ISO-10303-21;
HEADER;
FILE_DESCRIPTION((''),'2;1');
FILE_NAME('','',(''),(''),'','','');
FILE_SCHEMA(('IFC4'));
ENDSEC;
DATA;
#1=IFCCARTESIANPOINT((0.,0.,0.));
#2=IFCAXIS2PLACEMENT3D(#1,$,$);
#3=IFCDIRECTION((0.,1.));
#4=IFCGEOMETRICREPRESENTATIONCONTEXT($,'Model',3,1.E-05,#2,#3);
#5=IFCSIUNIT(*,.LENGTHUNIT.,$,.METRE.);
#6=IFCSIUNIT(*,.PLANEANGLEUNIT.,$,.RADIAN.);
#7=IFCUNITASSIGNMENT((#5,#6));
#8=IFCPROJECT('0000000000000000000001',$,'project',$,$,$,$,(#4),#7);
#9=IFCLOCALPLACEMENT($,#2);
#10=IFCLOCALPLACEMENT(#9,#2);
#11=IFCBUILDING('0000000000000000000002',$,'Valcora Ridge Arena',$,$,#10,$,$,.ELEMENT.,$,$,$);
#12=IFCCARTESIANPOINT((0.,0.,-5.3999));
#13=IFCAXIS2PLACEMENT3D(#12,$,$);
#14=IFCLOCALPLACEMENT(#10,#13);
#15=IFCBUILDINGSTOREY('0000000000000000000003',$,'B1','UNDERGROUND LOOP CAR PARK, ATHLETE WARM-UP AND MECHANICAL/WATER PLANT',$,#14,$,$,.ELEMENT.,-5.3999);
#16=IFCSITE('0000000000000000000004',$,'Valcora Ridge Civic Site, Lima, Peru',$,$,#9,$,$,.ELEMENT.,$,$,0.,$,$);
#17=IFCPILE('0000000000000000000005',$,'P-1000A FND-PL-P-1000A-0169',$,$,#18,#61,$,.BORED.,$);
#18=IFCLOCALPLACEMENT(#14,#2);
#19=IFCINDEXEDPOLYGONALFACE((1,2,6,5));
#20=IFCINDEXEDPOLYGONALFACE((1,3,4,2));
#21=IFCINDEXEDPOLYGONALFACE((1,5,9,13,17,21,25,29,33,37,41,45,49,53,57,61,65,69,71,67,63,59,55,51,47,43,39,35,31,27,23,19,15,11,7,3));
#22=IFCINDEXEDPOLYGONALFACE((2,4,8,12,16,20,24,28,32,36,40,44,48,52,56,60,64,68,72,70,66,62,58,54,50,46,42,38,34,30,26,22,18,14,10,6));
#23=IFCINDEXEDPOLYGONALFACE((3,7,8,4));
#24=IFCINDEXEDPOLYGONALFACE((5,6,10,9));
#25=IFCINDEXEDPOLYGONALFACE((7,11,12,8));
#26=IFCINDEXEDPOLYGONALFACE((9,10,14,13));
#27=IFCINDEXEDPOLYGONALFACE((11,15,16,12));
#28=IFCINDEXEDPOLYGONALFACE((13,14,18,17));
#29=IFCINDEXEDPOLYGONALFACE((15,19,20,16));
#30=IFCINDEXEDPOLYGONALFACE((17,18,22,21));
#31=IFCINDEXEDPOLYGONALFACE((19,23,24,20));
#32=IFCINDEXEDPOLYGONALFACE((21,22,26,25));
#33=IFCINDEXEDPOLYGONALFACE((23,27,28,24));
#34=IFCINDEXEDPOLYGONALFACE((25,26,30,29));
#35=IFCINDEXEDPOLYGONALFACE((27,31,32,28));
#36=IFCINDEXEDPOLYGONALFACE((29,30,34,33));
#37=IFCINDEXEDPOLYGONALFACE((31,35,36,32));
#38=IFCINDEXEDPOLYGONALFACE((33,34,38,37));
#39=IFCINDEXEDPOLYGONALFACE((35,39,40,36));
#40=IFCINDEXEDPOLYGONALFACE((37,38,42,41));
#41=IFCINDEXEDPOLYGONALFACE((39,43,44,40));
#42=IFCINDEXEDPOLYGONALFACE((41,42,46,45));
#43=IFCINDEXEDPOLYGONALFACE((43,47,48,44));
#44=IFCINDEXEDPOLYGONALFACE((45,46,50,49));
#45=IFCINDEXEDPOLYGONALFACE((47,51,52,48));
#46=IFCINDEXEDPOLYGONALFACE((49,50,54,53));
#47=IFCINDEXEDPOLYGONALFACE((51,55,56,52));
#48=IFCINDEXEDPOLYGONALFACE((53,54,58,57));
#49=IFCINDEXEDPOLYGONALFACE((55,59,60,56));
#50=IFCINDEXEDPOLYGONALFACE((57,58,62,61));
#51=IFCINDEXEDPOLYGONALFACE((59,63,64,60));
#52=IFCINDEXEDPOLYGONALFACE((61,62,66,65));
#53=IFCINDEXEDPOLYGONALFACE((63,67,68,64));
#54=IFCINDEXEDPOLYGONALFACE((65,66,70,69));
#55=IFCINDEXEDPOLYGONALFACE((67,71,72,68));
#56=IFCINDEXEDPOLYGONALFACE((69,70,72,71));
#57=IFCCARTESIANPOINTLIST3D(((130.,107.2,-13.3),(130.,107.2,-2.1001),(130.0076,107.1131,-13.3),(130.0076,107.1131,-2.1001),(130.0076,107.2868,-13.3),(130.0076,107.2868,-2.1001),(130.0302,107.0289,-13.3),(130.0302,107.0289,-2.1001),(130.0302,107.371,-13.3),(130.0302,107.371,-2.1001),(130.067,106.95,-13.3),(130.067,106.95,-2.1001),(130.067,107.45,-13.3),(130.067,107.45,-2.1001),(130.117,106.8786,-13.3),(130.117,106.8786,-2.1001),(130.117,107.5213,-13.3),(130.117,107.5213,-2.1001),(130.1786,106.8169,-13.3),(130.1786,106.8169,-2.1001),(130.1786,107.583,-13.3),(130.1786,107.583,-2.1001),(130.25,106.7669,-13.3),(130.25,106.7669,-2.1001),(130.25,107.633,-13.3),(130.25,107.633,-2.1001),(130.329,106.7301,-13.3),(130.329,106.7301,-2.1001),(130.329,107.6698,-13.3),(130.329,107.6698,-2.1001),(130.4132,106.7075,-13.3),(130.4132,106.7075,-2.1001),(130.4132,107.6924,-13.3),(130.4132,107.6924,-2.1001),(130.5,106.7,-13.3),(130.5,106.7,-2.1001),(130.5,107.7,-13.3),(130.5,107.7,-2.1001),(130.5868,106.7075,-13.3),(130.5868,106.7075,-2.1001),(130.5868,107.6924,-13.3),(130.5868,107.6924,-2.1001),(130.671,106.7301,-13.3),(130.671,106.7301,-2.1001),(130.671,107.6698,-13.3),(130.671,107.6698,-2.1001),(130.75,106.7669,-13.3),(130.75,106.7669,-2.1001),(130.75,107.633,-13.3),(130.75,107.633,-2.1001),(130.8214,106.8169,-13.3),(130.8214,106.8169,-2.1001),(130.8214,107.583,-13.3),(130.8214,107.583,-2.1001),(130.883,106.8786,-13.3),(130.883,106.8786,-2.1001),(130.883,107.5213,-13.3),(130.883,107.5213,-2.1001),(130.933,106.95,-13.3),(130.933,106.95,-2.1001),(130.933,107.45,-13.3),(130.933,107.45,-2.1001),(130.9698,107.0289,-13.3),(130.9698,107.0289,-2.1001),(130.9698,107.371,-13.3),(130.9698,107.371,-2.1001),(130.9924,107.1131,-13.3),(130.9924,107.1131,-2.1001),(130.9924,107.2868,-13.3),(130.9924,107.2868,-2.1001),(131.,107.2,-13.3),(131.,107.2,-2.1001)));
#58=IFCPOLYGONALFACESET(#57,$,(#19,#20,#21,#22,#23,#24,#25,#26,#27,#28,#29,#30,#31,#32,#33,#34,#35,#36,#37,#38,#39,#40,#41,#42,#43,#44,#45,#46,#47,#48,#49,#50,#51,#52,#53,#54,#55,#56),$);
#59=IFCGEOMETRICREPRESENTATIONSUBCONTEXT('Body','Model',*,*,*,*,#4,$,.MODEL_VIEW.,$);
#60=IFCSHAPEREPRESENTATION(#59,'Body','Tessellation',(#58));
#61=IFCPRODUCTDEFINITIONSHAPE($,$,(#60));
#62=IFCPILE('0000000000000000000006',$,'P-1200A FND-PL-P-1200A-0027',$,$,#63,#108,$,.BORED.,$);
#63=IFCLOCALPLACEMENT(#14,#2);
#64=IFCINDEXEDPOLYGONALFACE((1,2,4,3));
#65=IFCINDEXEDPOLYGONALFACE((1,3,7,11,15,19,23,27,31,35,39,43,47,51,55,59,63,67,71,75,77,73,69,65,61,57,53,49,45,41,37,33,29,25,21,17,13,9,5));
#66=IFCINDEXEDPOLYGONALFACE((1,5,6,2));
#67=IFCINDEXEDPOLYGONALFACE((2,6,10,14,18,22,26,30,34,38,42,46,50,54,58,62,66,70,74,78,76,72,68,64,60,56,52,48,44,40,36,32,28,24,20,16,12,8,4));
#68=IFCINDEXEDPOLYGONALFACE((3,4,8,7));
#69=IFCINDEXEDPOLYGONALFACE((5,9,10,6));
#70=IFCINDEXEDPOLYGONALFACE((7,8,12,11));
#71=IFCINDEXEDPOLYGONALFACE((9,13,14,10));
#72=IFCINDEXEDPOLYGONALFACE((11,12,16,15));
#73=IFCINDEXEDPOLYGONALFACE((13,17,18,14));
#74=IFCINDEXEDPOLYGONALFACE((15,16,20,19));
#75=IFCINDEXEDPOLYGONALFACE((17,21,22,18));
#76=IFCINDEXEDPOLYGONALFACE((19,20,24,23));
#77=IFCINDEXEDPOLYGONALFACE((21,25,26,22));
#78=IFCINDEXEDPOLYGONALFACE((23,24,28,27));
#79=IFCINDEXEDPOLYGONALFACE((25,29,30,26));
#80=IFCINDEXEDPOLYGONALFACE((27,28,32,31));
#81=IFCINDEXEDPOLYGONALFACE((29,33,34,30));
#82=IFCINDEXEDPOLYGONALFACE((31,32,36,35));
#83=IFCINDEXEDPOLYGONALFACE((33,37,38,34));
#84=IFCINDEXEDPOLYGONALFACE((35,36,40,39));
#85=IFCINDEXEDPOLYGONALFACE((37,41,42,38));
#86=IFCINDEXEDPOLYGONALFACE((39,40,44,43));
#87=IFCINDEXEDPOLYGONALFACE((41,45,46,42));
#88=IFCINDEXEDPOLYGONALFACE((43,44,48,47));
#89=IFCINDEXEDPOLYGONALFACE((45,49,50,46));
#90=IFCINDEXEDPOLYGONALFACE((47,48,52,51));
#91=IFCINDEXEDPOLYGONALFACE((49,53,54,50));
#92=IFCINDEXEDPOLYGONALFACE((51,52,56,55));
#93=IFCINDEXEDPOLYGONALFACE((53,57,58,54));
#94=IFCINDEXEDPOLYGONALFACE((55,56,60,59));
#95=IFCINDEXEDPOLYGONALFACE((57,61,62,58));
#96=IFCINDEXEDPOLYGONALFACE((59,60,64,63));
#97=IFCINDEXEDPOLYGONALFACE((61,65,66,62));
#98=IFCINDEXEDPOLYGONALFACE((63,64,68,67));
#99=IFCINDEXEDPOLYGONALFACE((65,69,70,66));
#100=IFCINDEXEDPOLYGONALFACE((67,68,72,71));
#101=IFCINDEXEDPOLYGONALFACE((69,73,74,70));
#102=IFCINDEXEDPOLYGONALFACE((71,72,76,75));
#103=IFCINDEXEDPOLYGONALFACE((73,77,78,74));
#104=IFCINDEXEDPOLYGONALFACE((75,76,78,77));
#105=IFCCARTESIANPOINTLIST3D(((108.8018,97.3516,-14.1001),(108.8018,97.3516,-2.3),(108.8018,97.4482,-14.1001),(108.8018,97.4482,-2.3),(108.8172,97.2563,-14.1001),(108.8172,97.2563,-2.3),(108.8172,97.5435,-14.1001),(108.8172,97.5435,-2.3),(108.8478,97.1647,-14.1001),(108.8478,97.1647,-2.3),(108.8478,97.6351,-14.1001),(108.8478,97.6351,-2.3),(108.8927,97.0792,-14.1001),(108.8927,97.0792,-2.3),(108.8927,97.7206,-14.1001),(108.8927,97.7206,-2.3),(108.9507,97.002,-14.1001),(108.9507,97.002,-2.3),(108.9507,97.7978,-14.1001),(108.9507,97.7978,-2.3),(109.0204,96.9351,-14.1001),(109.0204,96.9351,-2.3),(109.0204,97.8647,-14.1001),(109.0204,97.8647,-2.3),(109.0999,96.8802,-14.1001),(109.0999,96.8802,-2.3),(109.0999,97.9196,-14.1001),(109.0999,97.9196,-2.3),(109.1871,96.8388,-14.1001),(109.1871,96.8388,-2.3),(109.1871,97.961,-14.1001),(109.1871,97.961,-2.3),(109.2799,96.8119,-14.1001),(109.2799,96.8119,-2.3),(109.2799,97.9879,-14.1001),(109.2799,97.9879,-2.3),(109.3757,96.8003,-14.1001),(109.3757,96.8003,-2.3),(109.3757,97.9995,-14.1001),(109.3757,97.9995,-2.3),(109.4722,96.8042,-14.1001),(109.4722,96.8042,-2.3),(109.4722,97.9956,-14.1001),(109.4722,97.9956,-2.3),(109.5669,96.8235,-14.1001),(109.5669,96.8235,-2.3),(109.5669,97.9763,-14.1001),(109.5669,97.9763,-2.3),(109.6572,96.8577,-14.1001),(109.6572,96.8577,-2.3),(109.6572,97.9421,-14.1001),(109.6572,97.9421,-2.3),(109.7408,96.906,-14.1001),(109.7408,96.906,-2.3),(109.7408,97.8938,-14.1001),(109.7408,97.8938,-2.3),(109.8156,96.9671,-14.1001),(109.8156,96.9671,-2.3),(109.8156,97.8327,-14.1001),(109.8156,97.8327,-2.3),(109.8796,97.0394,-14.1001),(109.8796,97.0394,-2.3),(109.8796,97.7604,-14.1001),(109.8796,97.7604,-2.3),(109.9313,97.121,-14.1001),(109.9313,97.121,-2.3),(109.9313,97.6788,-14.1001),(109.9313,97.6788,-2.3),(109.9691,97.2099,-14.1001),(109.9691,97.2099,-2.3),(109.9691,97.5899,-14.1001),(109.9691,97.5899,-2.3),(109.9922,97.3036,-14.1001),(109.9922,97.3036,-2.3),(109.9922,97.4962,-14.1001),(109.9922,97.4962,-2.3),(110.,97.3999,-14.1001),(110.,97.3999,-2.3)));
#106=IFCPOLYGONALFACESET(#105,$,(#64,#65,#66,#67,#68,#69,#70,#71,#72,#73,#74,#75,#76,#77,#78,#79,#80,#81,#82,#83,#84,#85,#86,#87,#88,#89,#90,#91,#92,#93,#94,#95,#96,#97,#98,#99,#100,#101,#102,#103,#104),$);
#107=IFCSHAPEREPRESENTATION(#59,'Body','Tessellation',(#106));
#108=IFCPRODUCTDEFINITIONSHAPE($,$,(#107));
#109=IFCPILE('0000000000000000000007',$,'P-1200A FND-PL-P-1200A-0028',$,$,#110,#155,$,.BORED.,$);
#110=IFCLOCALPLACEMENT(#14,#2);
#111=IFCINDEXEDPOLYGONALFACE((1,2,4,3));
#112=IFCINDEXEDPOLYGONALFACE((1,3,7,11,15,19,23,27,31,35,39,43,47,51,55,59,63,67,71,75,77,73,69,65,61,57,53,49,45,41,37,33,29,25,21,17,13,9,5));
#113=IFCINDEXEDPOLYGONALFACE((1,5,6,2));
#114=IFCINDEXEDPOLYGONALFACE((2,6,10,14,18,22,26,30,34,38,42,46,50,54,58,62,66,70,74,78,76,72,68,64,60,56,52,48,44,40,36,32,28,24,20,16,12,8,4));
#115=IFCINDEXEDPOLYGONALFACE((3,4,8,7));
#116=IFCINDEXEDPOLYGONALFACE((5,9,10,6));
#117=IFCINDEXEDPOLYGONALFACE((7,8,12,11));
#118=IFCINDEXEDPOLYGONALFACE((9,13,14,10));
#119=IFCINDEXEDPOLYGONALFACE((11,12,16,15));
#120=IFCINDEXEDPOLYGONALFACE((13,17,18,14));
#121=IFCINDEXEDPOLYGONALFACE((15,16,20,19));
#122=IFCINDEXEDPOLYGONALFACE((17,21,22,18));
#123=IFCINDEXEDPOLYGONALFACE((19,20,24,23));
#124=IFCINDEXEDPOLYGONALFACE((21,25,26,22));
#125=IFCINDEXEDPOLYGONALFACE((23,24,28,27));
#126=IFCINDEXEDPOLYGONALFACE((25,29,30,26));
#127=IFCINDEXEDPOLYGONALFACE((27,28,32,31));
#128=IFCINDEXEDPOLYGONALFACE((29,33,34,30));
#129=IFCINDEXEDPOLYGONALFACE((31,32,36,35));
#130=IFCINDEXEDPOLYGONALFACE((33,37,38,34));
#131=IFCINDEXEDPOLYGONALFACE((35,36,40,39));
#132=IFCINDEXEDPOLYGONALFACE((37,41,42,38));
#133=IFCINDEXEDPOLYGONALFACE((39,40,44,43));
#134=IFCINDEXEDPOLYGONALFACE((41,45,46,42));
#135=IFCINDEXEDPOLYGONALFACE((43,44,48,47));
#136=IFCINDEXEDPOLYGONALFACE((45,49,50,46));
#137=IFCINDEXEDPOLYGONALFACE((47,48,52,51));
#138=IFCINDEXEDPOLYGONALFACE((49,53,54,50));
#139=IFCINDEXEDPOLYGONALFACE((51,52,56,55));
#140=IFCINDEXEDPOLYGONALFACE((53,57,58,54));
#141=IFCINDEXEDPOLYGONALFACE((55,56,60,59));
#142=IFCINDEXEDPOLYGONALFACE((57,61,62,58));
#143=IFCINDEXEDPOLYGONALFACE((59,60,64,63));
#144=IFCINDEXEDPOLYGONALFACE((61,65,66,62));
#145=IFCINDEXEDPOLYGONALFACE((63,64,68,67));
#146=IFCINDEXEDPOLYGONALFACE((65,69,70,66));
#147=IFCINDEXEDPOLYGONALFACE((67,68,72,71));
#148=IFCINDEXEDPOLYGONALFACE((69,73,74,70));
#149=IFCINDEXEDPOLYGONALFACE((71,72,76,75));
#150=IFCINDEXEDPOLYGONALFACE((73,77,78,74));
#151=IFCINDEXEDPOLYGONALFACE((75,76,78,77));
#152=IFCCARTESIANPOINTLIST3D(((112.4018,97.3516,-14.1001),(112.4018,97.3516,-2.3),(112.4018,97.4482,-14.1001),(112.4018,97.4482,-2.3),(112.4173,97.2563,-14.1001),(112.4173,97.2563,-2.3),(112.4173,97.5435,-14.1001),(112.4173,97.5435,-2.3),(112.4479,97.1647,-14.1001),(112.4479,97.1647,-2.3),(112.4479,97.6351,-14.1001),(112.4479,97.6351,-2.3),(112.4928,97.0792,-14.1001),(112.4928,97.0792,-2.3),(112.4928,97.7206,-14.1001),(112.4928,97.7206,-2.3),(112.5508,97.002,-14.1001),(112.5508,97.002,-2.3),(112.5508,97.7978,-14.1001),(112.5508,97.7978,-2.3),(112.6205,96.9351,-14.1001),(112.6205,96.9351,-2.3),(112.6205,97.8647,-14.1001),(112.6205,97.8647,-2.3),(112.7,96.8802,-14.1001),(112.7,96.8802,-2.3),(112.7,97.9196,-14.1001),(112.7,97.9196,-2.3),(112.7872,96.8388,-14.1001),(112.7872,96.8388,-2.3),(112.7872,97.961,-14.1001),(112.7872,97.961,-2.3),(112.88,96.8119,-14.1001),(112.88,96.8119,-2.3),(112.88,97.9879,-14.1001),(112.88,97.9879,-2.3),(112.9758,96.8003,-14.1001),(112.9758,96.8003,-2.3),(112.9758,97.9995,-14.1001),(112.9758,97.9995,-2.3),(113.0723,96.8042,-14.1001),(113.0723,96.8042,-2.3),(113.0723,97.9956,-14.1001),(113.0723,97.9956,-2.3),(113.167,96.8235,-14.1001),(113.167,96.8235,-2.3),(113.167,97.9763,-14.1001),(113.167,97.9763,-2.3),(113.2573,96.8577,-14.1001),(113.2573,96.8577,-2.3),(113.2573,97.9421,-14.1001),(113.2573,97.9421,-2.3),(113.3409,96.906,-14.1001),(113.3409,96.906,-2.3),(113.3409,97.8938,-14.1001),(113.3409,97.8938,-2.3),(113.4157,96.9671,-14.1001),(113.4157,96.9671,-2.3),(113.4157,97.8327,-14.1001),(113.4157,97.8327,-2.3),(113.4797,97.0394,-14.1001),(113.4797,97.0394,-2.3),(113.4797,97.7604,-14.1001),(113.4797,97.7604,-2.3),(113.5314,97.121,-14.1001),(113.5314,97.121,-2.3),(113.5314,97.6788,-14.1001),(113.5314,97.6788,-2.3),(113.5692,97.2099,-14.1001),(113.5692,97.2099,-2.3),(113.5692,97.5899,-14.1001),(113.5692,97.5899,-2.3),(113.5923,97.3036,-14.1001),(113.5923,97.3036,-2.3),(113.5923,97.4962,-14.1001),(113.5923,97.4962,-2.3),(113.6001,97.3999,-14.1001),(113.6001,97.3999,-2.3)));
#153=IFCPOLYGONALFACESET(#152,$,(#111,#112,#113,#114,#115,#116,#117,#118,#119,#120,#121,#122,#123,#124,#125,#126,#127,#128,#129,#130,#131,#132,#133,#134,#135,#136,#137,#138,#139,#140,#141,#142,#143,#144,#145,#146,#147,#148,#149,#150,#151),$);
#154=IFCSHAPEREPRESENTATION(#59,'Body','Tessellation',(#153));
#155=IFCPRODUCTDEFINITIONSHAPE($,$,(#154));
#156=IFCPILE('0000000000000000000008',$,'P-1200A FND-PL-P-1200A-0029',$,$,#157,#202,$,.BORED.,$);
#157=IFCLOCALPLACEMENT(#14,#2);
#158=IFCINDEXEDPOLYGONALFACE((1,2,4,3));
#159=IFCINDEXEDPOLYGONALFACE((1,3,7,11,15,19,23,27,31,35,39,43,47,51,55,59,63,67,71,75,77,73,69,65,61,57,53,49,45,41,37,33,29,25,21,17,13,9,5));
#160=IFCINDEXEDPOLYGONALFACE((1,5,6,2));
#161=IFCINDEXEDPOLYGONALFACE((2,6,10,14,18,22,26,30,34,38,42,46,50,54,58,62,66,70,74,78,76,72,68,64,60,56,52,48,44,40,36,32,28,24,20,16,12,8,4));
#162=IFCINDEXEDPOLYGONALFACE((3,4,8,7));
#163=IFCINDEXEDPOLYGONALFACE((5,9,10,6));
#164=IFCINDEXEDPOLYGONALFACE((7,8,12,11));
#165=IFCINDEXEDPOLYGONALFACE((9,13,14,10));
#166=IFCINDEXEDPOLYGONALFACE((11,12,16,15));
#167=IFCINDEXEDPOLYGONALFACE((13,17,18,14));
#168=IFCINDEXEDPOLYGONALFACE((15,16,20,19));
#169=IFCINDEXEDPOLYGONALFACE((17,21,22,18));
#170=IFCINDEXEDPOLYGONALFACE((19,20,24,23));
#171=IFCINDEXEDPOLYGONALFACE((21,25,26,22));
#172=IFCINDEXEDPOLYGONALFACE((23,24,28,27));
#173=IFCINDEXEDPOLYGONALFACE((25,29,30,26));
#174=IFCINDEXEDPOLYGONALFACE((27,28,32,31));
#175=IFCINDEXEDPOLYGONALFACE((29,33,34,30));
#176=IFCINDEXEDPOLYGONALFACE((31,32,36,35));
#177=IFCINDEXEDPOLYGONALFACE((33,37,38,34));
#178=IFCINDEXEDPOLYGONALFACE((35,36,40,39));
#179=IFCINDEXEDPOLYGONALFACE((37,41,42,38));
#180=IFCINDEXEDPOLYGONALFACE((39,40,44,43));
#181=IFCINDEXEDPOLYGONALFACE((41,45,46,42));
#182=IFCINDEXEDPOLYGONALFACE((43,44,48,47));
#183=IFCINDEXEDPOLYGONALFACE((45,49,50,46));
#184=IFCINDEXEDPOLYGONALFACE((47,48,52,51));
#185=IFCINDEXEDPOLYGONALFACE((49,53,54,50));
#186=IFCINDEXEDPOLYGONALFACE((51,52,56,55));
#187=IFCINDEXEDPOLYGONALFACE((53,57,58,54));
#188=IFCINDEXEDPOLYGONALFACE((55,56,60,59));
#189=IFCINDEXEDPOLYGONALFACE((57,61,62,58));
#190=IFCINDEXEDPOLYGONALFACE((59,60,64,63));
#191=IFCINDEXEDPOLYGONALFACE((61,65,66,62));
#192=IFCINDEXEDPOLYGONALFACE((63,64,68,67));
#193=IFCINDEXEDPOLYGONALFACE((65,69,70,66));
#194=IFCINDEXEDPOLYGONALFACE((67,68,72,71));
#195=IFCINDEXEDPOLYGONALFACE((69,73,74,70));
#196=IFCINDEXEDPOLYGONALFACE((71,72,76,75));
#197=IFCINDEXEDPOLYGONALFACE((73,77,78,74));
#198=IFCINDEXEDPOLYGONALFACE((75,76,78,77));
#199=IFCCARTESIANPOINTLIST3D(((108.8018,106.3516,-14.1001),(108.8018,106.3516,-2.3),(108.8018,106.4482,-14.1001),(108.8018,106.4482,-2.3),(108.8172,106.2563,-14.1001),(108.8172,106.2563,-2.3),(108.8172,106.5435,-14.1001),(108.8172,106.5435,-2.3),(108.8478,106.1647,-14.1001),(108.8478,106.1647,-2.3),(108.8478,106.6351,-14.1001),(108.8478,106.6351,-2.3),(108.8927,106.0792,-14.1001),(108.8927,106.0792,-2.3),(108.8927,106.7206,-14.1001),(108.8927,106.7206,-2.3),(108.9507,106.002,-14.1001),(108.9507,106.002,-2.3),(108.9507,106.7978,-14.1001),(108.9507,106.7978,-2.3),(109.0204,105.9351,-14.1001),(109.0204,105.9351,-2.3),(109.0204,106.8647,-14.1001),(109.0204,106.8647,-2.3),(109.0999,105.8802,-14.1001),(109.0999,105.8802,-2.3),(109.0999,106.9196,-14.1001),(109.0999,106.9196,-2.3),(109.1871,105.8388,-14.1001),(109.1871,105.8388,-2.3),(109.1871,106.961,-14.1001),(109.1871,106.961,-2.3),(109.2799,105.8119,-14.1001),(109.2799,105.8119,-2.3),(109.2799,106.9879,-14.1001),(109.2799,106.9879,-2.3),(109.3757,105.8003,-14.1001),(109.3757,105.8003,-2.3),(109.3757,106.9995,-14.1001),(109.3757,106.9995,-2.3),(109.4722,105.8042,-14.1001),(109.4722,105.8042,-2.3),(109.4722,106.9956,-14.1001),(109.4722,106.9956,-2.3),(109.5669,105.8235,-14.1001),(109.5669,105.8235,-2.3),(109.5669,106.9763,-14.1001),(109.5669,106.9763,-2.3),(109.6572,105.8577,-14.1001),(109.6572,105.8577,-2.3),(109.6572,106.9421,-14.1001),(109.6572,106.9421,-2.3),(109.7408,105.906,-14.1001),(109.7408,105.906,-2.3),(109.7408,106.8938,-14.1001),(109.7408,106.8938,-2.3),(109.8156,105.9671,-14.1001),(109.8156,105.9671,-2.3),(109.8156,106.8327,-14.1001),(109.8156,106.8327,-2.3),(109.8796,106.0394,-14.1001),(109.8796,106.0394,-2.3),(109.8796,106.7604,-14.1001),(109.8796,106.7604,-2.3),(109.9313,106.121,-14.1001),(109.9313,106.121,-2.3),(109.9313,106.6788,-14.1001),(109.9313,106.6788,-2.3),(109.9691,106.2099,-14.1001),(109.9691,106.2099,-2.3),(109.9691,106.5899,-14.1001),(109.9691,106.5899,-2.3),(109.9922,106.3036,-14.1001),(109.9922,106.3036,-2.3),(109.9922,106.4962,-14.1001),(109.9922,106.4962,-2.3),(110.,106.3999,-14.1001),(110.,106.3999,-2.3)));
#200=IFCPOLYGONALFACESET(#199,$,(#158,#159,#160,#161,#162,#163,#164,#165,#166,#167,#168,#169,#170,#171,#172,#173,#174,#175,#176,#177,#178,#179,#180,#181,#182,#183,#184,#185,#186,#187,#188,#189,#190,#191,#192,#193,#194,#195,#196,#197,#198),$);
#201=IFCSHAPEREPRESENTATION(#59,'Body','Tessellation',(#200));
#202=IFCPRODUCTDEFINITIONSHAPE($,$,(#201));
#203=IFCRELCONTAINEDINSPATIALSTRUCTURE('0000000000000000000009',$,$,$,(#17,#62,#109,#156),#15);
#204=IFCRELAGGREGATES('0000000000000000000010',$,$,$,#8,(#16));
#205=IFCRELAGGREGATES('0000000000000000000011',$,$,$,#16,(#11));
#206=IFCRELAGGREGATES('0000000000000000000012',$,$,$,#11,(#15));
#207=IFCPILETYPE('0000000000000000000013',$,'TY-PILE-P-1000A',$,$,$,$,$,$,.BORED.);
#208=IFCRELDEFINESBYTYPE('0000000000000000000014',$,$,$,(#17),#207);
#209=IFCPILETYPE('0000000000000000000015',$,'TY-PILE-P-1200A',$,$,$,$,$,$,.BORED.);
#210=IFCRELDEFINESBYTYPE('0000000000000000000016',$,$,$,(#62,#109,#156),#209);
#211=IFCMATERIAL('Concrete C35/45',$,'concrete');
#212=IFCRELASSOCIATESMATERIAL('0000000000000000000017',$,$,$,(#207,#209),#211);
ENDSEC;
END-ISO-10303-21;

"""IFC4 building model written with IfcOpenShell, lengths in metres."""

from ifc_helpers import new_model, si_unit, direction, frame, origin, origin_2d, place, context, subcontext, project, spatial, circle, extrude, material, material_profile, profile_set, type_object, element, save


model = new_model("IFC4")

# Units and contexts
model_context = context("Model", 3, precision=1e-05, world=origin(), true_north=direction((0.0, 1.0)))
body_context = subcontext(model_context, "Body", "Model", "MODEL_VIEW")
ifc_project = project(units=[si_unit("LENGTHUNIT", "METRE"), si_unit("PLANEANGLEUNIT", "RADIAN")], contexts=[model_context])

# Site, building, storey
site_placement = place(None, origin())
site = spatial("IfcSite", under=ifc_project, at=site_placement, Name="Valcora Ridge Civic Site, Lima, Peru", CompositionType="ELEMENT", RefElevation=0.0)
building_placement = place(site_placement, origin())
building = spatial("IfcBuilding", under=site, at=building_placement, Name="Valcora Ridge Arena", CompositionType="ELEMENT")
storey_placement = place(building_placement, frame((0.0, 0.0, -5.3999)))
storey = spatial("IfcBuildingStorey", under=building, at=storey_placement, Name="B1", Description="UNDERGROUND LOOP CAR PARK, ATHLETE WARM-UP AND MECHANICAL/WATER PLANT", CompositionType="ELEMENT", Elevation=-5.3999)

# Piles
ifc_material_1 = material(Name="Concrete C35/45", Category="concrete")
ifc_material_profile_1 = material_profile(ifc_material_1, circle(Radius=0.5, at=origin_2d()), Name="BORED PILE D1000")
ifc_profile_set_1 = profile_set([ifc_material_profile_1], Name="Concrete C35/45")
pile_type_1 = type_object("IfcPileType", Name="TY-PILE-P-1000A", PredefinedType="BORED", material=ifc_profile_set_1)
for number, where, z_axis, x_axis, name in (
    (1, (130.5, 107.2, -2.1001), (0.0, 0.0, -1.0), (1.0, 0.0, 0.0), "P-1000A FND-PL-P-1000A-0169"),
):
    element("IfcPile", number, at=place(storey_placement, frame(where, z_axis=z_axis, x_axis=x_axis)), inside=storey, type_object=pile_type_1, Name=name, PredefinedType="BORED", context=body_context, shape_type="SweptSolid", body=[
        extrude(circle(Radius=0.5, at=origin_2d()), origin(), (0.0, 0.0, 1.0), 11.2),
    ])
ifc_material_profile_2 = material_profile(ifc_material_1, circle(Radius=0.6001, at=origin_2d()), Name="BORED PILE D1200")
ifc_profile_set_2 = profile_set([ifc_material_profile_2], Name="Concrete C35/45")
pile_type_2 = type_object("IfcPileType", Name="TY-PILE-P-1200A", PredefinedType="BORED", material=ifc_profile_set_2)
for number, where, z_axis, x_axis, name in (
    (2, (109.3999, 97.3999, -2.3), (0.0, 0.0, -1.0), (1.0, 0.0, 0.0), "P-1200A FND-PL-P-1200A-0027"),
    (3, (113.0, 97.3999, -2.3), (0.0, 0.0, -1.0), (1.0, 0.0, 0.0), "P-1200A FND-PL-P-1200A-0028"),
    (4, (109.3999, 106.3999, -2.3), (0.0, 0.0, -1.0), (1.0, 0.0, 0.0), "P-1200A FND-PL-P-1200A-0029"),
):
    element("IfcPile", number, at=place(storey_placement, frame(where, z_axis=z_axis, x_axis=x_axis)), inside=storey, type_object=pile_type_2, Name=name, PredefinedType="BORED", context=body_context, shape_type="SweptSolid", body=[
        extrude(circle(Radius=0.6001, at=origin_2d()), origin(), (0.0, 0.0, 1.0), 11.8),
    ])

save(model, "model.ifc")
